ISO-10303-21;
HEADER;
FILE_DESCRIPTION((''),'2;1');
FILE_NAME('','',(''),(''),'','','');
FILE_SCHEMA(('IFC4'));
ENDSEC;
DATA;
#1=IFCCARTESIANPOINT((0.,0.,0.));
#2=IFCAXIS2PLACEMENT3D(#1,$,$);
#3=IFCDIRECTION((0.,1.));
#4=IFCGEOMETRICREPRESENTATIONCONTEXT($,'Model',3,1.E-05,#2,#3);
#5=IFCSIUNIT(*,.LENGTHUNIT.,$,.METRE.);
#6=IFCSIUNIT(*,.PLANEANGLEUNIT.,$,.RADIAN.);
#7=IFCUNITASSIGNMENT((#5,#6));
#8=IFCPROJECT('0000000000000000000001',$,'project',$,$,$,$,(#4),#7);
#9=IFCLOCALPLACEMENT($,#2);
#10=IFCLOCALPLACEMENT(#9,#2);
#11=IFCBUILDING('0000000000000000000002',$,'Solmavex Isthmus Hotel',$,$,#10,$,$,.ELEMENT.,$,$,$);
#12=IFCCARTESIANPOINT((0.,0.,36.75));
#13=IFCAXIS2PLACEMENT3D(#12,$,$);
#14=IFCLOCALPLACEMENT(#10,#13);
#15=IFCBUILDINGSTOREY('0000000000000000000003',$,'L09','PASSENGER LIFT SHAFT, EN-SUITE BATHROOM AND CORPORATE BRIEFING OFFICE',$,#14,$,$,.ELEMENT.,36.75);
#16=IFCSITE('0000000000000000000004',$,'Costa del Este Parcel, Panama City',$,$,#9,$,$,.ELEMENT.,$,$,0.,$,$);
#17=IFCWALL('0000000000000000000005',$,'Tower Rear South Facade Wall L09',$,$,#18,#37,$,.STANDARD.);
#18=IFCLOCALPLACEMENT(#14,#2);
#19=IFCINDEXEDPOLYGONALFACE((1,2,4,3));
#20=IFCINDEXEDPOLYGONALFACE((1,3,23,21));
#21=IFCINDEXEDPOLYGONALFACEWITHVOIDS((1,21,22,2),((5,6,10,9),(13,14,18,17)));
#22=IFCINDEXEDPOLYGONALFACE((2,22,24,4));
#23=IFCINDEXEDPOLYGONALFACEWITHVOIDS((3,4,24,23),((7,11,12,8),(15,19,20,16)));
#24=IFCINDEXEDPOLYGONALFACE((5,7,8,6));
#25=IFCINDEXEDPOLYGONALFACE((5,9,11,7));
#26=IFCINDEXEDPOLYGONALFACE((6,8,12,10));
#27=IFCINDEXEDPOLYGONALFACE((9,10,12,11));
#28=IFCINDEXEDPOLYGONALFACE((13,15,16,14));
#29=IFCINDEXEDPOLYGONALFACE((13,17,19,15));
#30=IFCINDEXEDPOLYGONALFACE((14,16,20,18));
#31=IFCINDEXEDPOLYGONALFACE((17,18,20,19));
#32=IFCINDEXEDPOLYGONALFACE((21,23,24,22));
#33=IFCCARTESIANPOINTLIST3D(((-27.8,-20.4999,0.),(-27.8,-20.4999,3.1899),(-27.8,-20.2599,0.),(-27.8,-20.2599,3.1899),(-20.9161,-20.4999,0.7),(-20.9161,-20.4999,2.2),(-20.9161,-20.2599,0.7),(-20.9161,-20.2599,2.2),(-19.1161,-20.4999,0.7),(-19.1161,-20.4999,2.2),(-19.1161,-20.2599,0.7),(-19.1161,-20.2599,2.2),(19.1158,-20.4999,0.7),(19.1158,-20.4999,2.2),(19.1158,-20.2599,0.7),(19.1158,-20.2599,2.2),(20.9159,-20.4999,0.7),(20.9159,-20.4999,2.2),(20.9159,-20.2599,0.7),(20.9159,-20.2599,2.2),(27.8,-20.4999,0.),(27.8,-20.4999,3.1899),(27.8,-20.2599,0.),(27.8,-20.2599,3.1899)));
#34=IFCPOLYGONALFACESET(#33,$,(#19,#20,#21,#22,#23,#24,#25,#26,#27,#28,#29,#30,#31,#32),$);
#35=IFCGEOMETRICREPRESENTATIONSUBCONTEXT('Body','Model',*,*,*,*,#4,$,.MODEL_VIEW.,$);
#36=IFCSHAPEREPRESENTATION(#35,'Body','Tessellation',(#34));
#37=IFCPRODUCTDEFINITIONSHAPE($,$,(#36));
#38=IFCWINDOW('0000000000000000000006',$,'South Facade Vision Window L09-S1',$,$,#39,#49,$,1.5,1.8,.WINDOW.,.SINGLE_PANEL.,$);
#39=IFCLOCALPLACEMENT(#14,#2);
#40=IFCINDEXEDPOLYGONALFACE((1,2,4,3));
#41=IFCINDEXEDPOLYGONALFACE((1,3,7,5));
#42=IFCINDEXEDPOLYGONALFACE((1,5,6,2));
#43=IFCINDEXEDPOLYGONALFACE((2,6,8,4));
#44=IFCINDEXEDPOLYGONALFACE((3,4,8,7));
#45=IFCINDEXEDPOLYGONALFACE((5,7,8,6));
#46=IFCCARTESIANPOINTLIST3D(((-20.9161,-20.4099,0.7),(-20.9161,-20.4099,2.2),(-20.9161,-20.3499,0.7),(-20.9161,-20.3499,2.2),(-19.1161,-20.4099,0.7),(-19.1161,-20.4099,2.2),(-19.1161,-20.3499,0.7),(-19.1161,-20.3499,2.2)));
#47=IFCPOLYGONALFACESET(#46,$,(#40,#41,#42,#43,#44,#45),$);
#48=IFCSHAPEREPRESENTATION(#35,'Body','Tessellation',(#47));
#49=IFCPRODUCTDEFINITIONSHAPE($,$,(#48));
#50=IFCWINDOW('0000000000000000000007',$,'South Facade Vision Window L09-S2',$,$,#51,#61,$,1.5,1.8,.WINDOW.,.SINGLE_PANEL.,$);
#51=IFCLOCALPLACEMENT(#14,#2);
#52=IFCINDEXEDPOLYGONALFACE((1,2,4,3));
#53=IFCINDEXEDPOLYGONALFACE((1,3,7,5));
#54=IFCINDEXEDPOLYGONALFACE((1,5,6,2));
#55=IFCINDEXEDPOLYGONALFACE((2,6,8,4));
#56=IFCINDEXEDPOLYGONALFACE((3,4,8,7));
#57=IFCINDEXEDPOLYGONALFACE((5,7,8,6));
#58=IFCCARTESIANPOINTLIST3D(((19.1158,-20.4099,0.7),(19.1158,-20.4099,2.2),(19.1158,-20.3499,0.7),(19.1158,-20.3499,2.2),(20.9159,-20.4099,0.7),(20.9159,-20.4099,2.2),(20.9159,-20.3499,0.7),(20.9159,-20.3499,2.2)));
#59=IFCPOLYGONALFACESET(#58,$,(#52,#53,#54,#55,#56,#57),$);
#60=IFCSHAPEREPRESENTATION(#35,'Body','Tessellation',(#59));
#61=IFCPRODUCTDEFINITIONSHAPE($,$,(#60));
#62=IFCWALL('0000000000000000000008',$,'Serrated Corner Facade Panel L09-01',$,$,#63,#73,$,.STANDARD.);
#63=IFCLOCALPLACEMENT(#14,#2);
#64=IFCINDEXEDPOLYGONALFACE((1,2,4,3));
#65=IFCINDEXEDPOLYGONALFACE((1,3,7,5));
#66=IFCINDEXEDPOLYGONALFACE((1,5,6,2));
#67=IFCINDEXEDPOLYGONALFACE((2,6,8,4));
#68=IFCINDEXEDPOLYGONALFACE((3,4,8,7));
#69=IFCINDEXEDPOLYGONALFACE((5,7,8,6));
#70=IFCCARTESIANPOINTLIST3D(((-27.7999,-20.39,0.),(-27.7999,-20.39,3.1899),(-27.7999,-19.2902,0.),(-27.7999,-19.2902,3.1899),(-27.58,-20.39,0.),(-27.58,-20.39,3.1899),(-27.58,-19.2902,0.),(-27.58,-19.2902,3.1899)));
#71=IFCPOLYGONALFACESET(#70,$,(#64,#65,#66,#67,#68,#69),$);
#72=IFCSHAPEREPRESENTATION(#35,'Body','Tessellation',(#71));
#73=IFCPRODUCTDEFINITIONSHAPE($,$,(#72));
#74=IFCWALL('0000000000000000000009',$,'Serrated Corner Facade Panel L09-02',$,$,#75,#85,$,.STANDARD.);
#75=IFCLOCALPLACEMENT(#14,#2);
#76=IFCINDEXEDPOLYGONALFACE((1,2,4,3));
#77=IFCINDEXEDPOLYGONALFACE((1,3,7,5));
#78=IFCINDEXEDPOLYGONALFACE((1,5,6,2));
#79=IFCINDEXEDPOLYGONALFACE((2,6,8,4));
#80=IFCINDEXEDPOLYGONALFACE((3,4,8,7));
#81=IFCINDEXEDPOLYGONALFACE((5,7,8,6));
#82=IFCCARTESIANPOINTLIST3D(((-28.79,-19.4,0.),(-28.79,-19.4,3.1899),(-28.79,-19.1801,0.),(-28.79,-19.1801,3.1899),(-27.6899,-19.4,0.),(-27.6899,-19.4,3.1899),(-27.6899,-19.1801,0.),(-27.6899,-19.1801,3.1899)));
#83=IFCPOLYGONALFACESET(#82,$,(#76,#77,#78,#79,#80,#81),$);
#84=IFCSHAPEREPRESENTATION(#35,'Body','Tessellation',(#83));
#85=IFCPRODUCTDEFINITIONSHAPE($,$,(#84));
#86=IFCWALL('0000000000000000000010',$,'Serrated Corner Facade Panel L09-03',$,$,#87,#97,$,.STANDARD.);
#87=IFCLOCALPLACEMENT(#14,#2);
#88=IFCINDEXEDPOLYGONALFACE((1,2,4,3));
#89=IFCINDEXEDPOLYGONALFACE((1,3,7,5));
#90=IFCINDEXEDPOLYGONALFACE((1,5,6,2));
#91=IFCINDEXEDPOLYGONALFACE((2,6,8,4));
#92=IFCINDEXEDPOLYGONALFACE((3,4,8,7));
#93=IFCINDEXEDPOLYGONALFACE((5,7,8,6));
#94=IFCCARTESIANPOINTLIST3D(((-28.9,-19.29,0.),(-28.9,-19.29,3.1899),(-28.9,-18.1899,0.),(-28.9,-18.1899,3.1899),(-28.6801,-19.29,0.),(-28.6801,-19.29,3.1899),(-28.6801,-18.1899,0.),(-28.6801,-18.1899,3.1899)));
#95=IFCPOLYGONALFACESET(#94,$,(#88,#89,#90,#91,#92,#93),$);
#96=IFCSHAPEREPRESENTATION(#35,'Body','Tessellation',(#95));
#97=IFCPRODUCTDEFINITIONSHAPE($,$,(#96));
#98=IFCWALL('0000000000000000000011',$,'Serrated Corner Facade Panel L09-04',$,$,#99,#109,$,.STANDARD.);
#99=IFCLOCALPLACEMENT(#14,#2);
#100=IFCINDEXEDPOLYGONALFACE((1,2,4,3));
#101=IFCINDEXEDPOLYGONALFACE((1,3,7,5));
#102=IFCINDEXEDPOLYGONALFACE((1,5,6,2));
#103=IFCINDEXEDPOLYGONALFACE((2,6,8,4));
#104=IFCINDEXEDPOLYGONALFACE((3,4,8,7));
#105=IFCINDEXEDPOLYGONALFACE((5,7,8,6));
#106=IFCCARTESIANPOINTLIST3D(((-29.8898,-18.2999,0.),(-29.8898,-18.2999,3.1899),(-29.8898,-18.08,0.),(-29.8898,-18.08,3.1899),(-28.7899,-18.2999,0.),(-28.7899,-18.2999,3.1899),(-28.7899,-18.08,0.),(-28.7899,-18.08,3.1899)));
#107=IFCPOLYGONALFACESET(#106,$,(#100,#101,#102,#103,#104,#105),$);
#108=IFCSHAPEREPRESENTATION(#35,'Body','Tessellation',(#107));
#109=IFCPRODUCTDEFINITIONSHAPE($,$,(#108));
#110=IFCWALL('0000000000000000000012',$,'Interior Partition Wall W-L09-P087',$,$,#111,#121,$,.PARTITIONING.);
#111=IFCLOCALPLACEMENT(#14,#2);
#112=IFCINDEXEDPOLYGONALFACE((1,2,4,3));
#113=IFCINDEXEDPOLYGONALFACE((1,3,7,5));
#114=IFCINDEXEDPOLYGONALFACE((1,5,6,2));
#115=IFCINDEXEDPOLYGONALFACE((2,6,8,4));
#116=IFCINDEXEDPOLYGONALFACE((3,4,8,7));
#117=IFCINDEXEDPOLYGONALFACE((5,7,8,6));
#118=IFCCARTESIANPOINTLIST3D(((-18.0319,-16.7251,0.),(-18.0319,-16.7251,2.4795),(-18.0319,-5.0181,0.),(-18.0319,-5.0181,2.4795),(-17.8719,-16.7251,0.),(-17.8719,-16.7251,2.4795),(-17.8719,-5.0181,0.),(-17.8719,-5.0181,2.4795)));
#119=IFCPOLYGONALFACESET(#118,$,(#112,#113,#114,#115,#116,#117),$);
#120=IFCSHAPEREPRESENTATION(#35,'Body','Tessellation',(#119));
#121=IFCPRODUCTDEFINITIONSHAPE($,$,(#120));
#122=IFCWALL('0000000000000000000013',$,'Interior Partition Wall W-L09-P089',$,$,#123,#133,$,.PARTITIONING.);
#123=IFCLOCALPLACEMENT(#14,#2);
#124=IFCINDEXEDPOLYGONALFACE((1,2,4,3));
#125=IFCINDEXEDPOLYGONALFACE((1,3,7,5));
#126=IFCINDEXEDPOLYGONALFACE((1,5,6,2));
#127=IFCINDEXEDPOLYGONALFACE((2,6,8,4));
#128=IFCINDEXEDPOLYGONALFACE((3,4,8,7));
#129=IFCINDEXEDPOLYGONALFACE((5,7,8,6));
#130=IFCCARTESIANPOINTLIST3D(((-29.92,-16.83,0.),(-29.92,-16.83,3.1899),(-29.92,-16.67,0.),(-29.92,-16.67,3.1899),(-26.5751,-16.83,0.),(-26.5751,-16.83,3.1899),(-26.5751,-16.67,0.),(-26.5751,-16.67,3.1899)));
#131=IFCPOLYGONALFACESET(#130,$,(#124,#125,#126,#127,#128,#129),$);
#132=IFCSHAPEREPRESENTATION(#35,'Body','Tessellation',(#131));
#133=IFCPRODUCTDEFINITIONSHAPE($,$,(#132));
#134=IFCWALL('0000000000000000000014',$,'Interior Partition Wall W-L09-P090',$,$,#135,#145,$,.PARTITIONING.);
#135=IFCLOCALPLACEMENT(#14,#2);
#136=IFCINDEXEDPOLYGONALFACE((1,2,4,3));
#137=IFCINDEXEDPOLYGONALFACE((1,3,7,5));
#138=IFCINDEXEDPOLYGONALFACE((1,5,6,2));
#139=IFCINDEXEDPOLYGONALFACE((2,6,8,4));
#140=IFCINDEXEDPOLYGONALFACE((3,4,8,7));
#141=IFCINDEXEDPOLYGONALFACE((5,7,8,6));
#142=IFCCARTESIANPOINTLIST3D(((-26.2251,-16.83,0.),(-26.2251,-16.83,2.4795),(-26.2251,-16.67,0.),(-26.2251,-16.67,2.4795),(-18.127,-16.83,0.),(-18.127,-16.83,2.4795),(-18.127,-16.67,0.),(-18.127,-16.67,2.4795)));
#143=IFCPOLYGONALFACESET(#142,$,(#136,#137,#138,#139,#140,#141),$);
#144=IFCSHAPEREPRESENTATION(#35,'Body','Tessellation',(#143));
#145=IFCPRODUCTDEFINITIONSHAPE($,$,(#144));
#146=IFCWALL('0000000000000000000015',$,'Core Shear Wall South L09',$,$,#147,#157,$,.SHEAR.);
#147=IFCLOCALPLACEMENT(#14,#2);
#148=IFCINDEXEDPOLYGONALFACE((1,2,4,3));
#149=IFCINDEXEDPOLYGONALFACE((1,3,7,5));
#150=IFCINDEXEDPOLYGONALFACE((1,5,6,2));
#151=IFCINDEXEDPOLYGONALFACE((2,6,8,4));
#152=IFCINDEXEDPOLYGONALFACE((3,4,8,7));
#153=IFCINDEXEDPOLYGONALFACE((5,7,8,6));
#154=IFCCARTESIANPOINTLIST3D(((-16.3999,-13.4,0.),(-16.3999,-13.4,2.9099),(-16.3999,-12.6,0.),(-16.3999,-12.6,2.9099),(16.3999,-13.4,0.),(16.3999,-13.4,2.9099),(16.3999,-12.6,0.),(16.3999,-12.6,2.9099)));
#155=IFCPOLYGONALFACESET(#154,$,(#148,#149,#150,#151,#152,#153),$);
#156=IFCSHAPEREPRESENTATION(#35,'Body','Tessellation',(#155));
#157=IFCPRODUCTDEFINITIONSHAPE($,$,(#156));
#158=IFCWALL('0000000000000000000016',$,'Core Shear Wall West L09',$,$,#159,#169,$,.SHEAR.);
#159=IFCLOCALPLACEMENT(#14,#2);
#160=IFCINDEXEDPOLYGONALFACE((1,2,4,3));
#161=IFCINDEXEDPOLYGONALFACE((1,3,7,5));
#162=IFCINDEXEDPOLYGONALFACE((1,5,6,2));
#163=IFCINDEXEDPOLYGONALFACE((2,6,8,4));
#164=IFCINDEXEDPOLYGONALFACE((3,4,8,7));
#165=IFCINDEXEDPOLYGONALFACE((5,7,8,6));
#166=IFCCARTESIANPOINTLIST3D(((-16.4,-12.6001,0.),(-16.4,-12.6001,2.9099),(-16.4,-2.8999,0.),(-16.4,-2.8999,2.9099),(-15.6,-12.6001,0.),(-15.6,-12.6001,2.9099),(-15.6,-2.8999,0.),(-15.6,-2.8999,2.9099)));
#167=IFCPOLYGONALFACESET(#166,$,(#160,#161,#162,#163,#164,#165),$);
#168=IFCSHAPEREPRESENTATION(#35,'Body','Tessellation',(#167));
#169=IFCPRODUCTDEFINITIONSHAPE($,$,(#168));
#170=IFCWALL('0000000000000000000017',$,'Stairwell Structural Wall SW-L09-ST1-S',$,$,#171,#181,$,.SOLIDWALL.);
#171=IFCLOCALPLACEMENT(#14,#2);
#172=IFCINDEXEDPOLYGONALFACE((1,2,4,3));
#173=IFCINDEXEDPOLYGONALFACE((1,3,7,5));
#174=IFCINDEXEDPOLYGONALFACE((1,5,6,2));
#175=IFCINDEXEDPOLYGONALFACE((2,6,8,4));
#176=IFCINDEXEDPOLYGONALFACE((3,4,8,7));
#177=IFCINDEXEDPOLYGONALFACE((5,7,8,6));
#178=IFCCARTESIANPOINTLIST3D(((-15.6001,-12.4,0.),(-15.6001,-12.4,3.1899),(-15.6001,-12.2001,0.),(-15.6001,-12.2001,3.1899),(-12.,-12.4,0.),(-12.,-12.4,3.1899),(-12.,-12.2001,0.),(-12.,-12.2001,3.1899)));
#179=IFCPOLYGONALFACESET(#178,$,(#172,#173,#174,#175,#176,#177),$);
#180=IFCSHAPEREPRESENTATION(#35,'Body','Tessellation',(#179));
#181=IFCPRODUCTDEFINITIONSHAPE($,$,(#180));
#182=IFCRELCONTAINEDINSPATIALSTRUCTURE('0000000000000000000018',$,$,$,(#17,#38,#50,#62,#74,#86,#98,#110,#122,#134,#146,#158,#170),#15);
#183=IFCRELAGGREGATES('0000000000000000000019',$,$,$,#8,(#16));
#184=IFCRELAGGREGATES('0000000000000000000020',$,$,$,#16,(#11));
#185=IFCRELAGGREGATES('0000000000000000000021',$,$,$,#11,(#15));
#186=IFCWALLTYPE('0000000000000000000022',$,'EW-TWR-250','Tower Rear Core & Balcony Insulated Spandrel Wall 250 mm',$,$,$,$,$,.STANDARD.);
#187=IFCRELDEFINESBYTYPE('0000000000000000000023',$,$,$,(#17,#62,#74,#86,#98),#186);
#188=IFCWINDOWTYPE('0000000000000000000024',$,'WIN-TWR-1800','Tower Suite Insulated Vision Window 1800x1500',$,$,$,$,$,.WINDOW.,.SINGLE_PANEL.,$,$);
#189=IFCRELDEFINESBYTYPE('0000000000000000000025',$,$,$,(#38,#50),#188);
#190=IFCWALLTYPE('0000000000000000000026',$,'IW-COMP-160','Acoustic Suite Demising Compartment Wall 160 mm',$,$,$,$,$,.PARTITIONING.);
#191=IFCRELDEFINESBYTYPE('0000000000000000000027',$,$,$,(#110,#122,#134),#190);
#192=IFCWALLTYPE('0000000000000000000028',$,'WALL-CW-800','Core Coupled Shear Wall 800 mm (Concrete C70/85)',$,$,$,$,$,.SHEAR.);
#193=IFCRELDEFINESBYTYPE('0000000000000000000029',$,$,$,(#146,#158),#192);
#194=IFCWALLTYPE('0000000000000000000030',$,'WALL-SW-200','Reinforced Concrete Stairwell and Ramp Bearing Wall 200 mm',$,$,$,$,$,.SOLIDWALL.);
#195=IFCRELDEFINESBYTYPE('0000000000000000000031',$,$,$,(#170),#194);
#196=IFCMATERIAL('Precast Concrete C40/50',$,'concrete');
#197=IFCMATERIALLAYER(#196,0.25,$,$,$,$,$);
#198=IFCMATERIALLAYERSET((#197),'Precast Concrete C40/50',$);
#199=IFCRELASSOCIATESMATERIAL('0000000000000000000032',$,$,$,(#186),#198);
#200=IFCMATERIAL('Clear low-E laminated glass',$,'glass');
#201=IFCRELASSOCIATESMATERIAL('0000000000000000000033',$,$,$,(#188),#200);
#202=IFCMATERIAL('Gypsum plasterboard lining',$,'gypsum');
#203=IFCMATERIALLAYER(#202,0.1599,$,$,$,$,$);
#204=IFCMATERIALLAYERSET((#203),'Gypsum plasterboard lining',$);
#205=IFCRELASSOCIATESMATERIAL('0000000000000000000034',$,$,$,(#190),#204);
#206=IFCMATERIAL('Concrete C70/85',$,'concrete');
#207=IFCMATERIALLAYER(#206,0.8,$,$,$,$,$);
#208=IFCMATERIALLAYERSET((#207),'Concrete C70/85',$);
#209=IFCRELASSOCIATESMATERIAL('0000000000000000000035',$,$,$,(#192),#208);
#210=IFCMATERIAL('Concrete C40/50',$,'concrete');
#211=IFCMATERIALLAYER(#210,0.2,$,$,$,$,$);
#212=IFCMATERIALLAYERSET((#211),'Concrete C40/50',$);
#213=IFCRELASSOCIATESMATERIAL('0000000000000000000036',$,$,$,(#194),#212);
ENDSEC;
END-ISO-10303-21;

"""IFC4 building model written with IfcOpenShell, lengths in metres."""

from ifc_helpers import new_model, si_unit, direction, frame, frame_2d, origin, place, context, subcontext, project, spatial, rectangle, extrude, material, layer, layer_set, type_object, element, fill, save


model = new_model("IFC4")

# Units and contexts
model_context = context("Model", 3, precision=1e-05, world=origin(), true_north=direction((0.0, 1.0)))
body_context = subcontext(model_context, "Body", "Model", "MODEL_VIEW")
ifc_project = project(units=[si_unit("LENGTHUNIT", "METRE"), si_unit("PLANEANGLEUNIT", "RADIAN")], contexts=[model_context])

# Site, building, storey
site_placement = place(None, origin())
site = spatial("IfcSite", under=ifc_project, at=site_placement, Name="Costa del Este Parcel, Panama City", CompositionType="ELEMENT", RefElevation=0.0)
building_placement = place(site_placement, origin())
building = spatial("IfcBuilding", under=site, at=building_placement, Name="Solmavex Isthmus Hotel", CompositionType="ELEMENT")
storey_placement = place(building_placement, frame((0.0, 0.0, 36.75)))
storey = spatial("IfcBuildingStorey", under=building, at=storey_placement, Name="L09", Description="PASSENGER LIFT SHAFT, EN-SUITE BATHROOM AND CORPORATE BRIEFING OFFICE", CompositionType="ELEMENT", Elevation=36.75)

# Shared definitions
ifc_material_1 = material(Name="Concrete C70/85", Category="concrete")

# Shared definitions
ifc_material_2 = material(Name="Clear low-E laminated glass", Category="glass")

# Wall, openings, windows
ifc_material_3 = material(Name="Precast Concrete C40/50", Category="concrete")
ifc_layer_1 = layer(ifc_material_3, 0.25)
ifc_layer_set_1 = layer_set([ifc_layer_1], Name="Precast Concrete C40/50")
wall_type_1 = type_object("IfcWallType", Name="EW-TWR-250", Description="Tower Rear Core & Balcony Insulated Spandrel Wall 250 mm", PredefinedType="STANDARD", material=ifc_layer_set_1)
wall_1_placement = place(storey_placement, frame((-27.8, -20.3799, 0.0), z_axis=(0.0, 0.0, 1.0), x_axis=(1.0, 0.0, 0.0)))
wall_1 = element("IfcWall", 1, at=wall_1_placement, inside=storey, type_object=wall_type_1, Name="Tower Rear South Facade Wall L09", PredefinedType="STANDARD", context=body_context, shape_type="SweptSolid", body=[
    extrude(rectangle(XDim=55.6001, YDim=0.24, at=frame_2d((27.8, 0.0))), origin(), (0.0, 0.0, 1.0), 3.1899),
])
opening_1_placement = place(wall_1_placement, frame((6.884, 0.0, 0.7)))
opening_1 = element("IfcOpeningElement", 2, at=opening_1_placement, cuts=wall_1, PredefinedType="OPENING", context=body_context, shape_type="SweptSolid", body=[
    extrude(rectangle(XDim=1.8, YDim=1.5, at=frame_2d((0.8999, 0.75))), frame((0.0, 0.1299, 0.0), z_axis=(0.0, -1.0, 0.0), x_axis=(1.0, 0.0, 0.0)), (0.0, 0.0, 1.0), 0.26),
])
opening_2_placement = place(wall_1_placement, frame((46.916, 0.0, 0.7)))
opening_2 = element("IfcOpeningElement", 3, at=opening_2_placement, cuts=wall_1, PredefinedType="OPENING", context=body_context, shape_type="SweptSolid", body=[
    extrude(rectangle(XDim=1.8, YDim=1.5, at=frame_2d((0.8999, 0.75))), frame((0.0, 0.1299, 0.0), z_axis=(0.0, -1.0, 0.0), x_axis=(1.0, 0.0, 0.0)), (0.0, 0.0, 1.0), 0.26),
])
window_type = type_object("IfcWindowType", Name="WIN-TWR-1800", Description="Tower Suite Insulated Vision Window 1800x1500", PartitioningType="SINGLE_PANEL", PredefinedType="WINDOW", material=ifc_material_2)
window_1_placement = place(opening_1_placement, origin())
window_1 = element("IfcWindow", 4, at=window_1_placement, inside=storey, type_object=window_type, Name="South Facade Vision Window L09-S1", OverallHeight=1.5, OverallWidth=1.8, PartitioningType="SINGLE_PANEL", PredefinedType="WINDOW", context=body_context, shape_type="SweptSolid", body=[
    extrude(rectangle(XDim=1.8, YDim=1.5, at=frame_2d((0.8999, 0.75))), frame((0.0, 0.03, 0.0), z_axis=(0.0, -1.0, 0.0), x_axis=(1.0, 0.0, 0.0)), (0.0, 0.0, 1.0), 0.0601),
])
fill(opening_1, window_1)
window_2_placement = place(opening_2_placement, origin())
window_2 = element("IfcWindow", 5, at=window_2_placement, inside=storey, type_object=window_type, Name="South Facade Vision Window L09-S2", OverallHeight=1.5, OverallWidth=1.8, PartitioningType="SINGLE_PANEL", PredefinedType="WINDOW", context=body_context, shape_type="SweptSolid", body=[
    extrude(rectangle(XDim=1.8, YDim=1.5, at=frame_2d((0.8999, 0.75))), frame((0.0, 0.03, 0.0), z_axis=(0.0, -1.0, 0.0), x_axis=(1.0, 0.0, 0.0)), (0.0, 0.0, 1.0), 0.0601),
])
fill(opening_2, window_2)

# Walls
wall_2_placement = place(storey_placement, frame((-27.6899, -20.3899, 0.0), z_axis=(0.0, 0.0, 1.0), x_axis=(0.0, 1.0, 0.0)))
element("IfcWall", 6, at=wall_2_placement, inside=storey, type_object=wall_type_1, Name="Serrated Corner Facade Panel L09-01", PredefinedType="STANDARD", context=body_context, shape_type="SweptSolid", body=[
    extrude(rectangle(XDim=1.0999, YDim=0.22, at=frame_2d((0.5498, 0.0))), origin(), (0.0, 0.0, 1.0), 3.1899),
])
for number, where, z_axis, x_axis, name in (
    (7, (-27.6899, -19.29, 0.0), (0.0, 0.0, 1.0), (-1.0, 0.0, 0.0), "Serrated Corner Facade Panel L09-02"),
    (8, (-28.79, -19.29, 0.0), (0.0, 0.0, 1.0), (0.0, 1.0, 0.0), "Serrated Corner Facade Panel L09-03"),
):
    element("IfcWall", number, at=place(storey_placement, frame(where, z_axis=z_axis, x_axis=x_axis)), inside=storey, type_object=wall_type_1, Name=name, PredefinedType="STANDARD", context=body_context, shape_type="SweptSolid", body=[
        extrude(rectangle(XDim=1.1001, YDim=0.22, at=frame_2d((0.55, 0.0))), origin(), (0.0, 0.0, 1.0), 3.1899),
    ])
wall_3_placement = place(storey_placement, frame((-28.79, -18.1899, 0.0), z_axis=(0.0, 0.0, 1.0), x_axis=(-1.0, 0.0, 0.0)))
element("IfcWall", 9, at=wall_3_placement, inside=storey, type_object=wall_type_1, Name="Serrated Corner Facade Panel L09-04", PredefinedType="STANDARD", context=body_context, shape_type="SweptSolid", body=[
    extrude(rectangle(XDim=1.0999, YDim=0.22, at=frame_2d((0.5498, 0.0))), origin(), (0.0, 0.0, 1.0), 3.1899),
])
ifc_material_4 = material(Name="Gypsum plasterboard lining", Category="gypsum")
ifc_layer_2 = layer(ifc_material_4, 0.1599)
ifc_layer_set_2 = layer_set([ifc_layer_2], Name="Gypsum plasterboard lining")
wall_type_2 = type_object("IfcWallType", Name="IW-COMP-160", Description="Acoustic Suite Demising Compartment Wall 160 mm", PredefinedType="PARTITIONING", material=ifc_layer_set_2)
wall_4_placement = place(storey_placement, frame((-17.9519, -16.7251, 0.0), z_axis=(0.0, 0.0, 1.0), x_axis=(0.0, 1.0, 0.0)))
element("IfcWall", 10, at=wall_4_placement, inside=storey, type_object=wall_type_2, Name="Interior Partition Wall W-L09-P087", PredefinedType="PARTITIONING", context=body_context, shape_type="SweptSolid", body=[
    extrude(rectangle(XDim=11.707, YDim=0.1599, at=frame_2d((5.8535, 0.0))), origin(), (0.0, 0.0, 1.0), 2.4795),
])
wall_5_placement = place(storey_placement, frame((-29.9199, -16.75, 0.0), z_axis=(0.0, 0.0, 1.0), x_axis=(1.0, 0.0, 0.0)))
element("IfcWall", 11, at=wall_5_placement, inside=storey, type_object=wall_type_2, Name="Interior Partition Wall W-L09-P089", PredefinedType="PARTITIONING", context=body_context, shape_type="SweptSolid", body=[
    extrude(rectangle(XDim=3.345, YDim=0.1599, at=frame_2d((1.6724, 0.0))), origin(), (0.0, 0.0, 1.0), 3.1899),
])
wall_6_placement = place(storey_placement, frame((-26.2251, -16.75, 0.0), z_axis=(0.0, 0.0, 1.0), x_axis=(1.0, 0.0, 0.0)))
element("IfcWall", 12, at=wall_6_placement, inside=storey, type_object=wall_type_2, Name="Interior Partition Wall W-L09-P090", PredefinedType="PARTITIONING", context=body_context, shape_type="SweptSolid", body=[
    extrude(rectangle(XDim=8.0981, YDim=0.1599, at=frame_2d((4.0491, 0.0))), origin(), (0.0, 0.0, 1.0), 2.4795),
])
ifc_layer_3 = layer(ifc_material_1, 0.8)
ifc_layer_set_3 = layer_set([ifc_layer_3], Name="Concrete C70/85")
wall_type_3 = type_object("IfcWallType", Name="WALL-CW-800", Description="Core Coupled Shear Wall 800 mm (Concrete C70/85)", PredefinedType="SHEAR", material=ifc_layer_set_3)
wall_7_placement = place(storey_placement, frame((-16.3999, -13.0, 0.0), z_axis=(0.0, 0.0, 1.0), x_axis=(1.0, 0.0, 0.0)))
element("IfcWall", 13, at=wall_7_placement, inside=storey, type_object=wall_type_3, Name="Core Shear Wall South L09", PredefinedType="SHEAR", context=body_context, shape_type="SweptSolid", body=[
    extrude(rectangle(XDim=32.7998, YDim=0.8, at=frame_2d((16.3999, 0.0))), origin(), (0.0, 0.0, 1.0), 2.9099),
])
wall_8_placement = place(storey_placement, frame((-16.0, -12.6001, 0.0), z_axis=(0.0, 0.0, 1.0), x_axis=(0.0, 1.0, 0.0)))
element("IfcWall", 14, at=wall_8_placement, inside=storey, type_object=wall_type_3, Name="Core Shear Wall West L09", PredefinedType="SHEAR", context=body_context, shape_type="SweptSolid", body=[
    extrude(rectangle(XDim=9.7002, YDim=0.8, at=frame_2d((4.8501, 0.0))), origin(), (0.0, 0.0, 1.0), 2.9099),
])
ifc_material_5 = material(Name="Concrete C40/50", Category="concrete")
ifc_layer_4 = layer(ifc_material_5, 0.2)
ifc_layer_set_4 = layer_set([ifc_layer_4], Name="Concrete C40/50")
wall_type_4 = type_object("IfcWallType", Name="WALL-SW-200", Description="Reinforced Concrete Stairwell and Ramp Bearing Wall 200 mm", PredefinedType="SOLIDWALL", material=ifc_layer_set_4)
wall_9_placement = place(storey_placement, frame((-15.6001, -12.3, 0.0), z_axis=(0.0, 0.0, 1.0), x_axis=(1.0, 0.0, 0.0)))
element("IfcWall", 15, at=wall_9_placement, inside=storey, type_object=wall_type_4, Name="Stairwell Structural Wall SW-L09-ST1-S", PredefinedType="SOLIDWALL", context=body_context, shape_type="SweptSolid", body=[
    extrude(rectangle(XDim=3.6001, YDim=0.2, at=frame_2d((1.8, 0.0))), origin(), (0.0, 0.0, 1.0), 3.1899),
])

save(model, "model.ifc")
